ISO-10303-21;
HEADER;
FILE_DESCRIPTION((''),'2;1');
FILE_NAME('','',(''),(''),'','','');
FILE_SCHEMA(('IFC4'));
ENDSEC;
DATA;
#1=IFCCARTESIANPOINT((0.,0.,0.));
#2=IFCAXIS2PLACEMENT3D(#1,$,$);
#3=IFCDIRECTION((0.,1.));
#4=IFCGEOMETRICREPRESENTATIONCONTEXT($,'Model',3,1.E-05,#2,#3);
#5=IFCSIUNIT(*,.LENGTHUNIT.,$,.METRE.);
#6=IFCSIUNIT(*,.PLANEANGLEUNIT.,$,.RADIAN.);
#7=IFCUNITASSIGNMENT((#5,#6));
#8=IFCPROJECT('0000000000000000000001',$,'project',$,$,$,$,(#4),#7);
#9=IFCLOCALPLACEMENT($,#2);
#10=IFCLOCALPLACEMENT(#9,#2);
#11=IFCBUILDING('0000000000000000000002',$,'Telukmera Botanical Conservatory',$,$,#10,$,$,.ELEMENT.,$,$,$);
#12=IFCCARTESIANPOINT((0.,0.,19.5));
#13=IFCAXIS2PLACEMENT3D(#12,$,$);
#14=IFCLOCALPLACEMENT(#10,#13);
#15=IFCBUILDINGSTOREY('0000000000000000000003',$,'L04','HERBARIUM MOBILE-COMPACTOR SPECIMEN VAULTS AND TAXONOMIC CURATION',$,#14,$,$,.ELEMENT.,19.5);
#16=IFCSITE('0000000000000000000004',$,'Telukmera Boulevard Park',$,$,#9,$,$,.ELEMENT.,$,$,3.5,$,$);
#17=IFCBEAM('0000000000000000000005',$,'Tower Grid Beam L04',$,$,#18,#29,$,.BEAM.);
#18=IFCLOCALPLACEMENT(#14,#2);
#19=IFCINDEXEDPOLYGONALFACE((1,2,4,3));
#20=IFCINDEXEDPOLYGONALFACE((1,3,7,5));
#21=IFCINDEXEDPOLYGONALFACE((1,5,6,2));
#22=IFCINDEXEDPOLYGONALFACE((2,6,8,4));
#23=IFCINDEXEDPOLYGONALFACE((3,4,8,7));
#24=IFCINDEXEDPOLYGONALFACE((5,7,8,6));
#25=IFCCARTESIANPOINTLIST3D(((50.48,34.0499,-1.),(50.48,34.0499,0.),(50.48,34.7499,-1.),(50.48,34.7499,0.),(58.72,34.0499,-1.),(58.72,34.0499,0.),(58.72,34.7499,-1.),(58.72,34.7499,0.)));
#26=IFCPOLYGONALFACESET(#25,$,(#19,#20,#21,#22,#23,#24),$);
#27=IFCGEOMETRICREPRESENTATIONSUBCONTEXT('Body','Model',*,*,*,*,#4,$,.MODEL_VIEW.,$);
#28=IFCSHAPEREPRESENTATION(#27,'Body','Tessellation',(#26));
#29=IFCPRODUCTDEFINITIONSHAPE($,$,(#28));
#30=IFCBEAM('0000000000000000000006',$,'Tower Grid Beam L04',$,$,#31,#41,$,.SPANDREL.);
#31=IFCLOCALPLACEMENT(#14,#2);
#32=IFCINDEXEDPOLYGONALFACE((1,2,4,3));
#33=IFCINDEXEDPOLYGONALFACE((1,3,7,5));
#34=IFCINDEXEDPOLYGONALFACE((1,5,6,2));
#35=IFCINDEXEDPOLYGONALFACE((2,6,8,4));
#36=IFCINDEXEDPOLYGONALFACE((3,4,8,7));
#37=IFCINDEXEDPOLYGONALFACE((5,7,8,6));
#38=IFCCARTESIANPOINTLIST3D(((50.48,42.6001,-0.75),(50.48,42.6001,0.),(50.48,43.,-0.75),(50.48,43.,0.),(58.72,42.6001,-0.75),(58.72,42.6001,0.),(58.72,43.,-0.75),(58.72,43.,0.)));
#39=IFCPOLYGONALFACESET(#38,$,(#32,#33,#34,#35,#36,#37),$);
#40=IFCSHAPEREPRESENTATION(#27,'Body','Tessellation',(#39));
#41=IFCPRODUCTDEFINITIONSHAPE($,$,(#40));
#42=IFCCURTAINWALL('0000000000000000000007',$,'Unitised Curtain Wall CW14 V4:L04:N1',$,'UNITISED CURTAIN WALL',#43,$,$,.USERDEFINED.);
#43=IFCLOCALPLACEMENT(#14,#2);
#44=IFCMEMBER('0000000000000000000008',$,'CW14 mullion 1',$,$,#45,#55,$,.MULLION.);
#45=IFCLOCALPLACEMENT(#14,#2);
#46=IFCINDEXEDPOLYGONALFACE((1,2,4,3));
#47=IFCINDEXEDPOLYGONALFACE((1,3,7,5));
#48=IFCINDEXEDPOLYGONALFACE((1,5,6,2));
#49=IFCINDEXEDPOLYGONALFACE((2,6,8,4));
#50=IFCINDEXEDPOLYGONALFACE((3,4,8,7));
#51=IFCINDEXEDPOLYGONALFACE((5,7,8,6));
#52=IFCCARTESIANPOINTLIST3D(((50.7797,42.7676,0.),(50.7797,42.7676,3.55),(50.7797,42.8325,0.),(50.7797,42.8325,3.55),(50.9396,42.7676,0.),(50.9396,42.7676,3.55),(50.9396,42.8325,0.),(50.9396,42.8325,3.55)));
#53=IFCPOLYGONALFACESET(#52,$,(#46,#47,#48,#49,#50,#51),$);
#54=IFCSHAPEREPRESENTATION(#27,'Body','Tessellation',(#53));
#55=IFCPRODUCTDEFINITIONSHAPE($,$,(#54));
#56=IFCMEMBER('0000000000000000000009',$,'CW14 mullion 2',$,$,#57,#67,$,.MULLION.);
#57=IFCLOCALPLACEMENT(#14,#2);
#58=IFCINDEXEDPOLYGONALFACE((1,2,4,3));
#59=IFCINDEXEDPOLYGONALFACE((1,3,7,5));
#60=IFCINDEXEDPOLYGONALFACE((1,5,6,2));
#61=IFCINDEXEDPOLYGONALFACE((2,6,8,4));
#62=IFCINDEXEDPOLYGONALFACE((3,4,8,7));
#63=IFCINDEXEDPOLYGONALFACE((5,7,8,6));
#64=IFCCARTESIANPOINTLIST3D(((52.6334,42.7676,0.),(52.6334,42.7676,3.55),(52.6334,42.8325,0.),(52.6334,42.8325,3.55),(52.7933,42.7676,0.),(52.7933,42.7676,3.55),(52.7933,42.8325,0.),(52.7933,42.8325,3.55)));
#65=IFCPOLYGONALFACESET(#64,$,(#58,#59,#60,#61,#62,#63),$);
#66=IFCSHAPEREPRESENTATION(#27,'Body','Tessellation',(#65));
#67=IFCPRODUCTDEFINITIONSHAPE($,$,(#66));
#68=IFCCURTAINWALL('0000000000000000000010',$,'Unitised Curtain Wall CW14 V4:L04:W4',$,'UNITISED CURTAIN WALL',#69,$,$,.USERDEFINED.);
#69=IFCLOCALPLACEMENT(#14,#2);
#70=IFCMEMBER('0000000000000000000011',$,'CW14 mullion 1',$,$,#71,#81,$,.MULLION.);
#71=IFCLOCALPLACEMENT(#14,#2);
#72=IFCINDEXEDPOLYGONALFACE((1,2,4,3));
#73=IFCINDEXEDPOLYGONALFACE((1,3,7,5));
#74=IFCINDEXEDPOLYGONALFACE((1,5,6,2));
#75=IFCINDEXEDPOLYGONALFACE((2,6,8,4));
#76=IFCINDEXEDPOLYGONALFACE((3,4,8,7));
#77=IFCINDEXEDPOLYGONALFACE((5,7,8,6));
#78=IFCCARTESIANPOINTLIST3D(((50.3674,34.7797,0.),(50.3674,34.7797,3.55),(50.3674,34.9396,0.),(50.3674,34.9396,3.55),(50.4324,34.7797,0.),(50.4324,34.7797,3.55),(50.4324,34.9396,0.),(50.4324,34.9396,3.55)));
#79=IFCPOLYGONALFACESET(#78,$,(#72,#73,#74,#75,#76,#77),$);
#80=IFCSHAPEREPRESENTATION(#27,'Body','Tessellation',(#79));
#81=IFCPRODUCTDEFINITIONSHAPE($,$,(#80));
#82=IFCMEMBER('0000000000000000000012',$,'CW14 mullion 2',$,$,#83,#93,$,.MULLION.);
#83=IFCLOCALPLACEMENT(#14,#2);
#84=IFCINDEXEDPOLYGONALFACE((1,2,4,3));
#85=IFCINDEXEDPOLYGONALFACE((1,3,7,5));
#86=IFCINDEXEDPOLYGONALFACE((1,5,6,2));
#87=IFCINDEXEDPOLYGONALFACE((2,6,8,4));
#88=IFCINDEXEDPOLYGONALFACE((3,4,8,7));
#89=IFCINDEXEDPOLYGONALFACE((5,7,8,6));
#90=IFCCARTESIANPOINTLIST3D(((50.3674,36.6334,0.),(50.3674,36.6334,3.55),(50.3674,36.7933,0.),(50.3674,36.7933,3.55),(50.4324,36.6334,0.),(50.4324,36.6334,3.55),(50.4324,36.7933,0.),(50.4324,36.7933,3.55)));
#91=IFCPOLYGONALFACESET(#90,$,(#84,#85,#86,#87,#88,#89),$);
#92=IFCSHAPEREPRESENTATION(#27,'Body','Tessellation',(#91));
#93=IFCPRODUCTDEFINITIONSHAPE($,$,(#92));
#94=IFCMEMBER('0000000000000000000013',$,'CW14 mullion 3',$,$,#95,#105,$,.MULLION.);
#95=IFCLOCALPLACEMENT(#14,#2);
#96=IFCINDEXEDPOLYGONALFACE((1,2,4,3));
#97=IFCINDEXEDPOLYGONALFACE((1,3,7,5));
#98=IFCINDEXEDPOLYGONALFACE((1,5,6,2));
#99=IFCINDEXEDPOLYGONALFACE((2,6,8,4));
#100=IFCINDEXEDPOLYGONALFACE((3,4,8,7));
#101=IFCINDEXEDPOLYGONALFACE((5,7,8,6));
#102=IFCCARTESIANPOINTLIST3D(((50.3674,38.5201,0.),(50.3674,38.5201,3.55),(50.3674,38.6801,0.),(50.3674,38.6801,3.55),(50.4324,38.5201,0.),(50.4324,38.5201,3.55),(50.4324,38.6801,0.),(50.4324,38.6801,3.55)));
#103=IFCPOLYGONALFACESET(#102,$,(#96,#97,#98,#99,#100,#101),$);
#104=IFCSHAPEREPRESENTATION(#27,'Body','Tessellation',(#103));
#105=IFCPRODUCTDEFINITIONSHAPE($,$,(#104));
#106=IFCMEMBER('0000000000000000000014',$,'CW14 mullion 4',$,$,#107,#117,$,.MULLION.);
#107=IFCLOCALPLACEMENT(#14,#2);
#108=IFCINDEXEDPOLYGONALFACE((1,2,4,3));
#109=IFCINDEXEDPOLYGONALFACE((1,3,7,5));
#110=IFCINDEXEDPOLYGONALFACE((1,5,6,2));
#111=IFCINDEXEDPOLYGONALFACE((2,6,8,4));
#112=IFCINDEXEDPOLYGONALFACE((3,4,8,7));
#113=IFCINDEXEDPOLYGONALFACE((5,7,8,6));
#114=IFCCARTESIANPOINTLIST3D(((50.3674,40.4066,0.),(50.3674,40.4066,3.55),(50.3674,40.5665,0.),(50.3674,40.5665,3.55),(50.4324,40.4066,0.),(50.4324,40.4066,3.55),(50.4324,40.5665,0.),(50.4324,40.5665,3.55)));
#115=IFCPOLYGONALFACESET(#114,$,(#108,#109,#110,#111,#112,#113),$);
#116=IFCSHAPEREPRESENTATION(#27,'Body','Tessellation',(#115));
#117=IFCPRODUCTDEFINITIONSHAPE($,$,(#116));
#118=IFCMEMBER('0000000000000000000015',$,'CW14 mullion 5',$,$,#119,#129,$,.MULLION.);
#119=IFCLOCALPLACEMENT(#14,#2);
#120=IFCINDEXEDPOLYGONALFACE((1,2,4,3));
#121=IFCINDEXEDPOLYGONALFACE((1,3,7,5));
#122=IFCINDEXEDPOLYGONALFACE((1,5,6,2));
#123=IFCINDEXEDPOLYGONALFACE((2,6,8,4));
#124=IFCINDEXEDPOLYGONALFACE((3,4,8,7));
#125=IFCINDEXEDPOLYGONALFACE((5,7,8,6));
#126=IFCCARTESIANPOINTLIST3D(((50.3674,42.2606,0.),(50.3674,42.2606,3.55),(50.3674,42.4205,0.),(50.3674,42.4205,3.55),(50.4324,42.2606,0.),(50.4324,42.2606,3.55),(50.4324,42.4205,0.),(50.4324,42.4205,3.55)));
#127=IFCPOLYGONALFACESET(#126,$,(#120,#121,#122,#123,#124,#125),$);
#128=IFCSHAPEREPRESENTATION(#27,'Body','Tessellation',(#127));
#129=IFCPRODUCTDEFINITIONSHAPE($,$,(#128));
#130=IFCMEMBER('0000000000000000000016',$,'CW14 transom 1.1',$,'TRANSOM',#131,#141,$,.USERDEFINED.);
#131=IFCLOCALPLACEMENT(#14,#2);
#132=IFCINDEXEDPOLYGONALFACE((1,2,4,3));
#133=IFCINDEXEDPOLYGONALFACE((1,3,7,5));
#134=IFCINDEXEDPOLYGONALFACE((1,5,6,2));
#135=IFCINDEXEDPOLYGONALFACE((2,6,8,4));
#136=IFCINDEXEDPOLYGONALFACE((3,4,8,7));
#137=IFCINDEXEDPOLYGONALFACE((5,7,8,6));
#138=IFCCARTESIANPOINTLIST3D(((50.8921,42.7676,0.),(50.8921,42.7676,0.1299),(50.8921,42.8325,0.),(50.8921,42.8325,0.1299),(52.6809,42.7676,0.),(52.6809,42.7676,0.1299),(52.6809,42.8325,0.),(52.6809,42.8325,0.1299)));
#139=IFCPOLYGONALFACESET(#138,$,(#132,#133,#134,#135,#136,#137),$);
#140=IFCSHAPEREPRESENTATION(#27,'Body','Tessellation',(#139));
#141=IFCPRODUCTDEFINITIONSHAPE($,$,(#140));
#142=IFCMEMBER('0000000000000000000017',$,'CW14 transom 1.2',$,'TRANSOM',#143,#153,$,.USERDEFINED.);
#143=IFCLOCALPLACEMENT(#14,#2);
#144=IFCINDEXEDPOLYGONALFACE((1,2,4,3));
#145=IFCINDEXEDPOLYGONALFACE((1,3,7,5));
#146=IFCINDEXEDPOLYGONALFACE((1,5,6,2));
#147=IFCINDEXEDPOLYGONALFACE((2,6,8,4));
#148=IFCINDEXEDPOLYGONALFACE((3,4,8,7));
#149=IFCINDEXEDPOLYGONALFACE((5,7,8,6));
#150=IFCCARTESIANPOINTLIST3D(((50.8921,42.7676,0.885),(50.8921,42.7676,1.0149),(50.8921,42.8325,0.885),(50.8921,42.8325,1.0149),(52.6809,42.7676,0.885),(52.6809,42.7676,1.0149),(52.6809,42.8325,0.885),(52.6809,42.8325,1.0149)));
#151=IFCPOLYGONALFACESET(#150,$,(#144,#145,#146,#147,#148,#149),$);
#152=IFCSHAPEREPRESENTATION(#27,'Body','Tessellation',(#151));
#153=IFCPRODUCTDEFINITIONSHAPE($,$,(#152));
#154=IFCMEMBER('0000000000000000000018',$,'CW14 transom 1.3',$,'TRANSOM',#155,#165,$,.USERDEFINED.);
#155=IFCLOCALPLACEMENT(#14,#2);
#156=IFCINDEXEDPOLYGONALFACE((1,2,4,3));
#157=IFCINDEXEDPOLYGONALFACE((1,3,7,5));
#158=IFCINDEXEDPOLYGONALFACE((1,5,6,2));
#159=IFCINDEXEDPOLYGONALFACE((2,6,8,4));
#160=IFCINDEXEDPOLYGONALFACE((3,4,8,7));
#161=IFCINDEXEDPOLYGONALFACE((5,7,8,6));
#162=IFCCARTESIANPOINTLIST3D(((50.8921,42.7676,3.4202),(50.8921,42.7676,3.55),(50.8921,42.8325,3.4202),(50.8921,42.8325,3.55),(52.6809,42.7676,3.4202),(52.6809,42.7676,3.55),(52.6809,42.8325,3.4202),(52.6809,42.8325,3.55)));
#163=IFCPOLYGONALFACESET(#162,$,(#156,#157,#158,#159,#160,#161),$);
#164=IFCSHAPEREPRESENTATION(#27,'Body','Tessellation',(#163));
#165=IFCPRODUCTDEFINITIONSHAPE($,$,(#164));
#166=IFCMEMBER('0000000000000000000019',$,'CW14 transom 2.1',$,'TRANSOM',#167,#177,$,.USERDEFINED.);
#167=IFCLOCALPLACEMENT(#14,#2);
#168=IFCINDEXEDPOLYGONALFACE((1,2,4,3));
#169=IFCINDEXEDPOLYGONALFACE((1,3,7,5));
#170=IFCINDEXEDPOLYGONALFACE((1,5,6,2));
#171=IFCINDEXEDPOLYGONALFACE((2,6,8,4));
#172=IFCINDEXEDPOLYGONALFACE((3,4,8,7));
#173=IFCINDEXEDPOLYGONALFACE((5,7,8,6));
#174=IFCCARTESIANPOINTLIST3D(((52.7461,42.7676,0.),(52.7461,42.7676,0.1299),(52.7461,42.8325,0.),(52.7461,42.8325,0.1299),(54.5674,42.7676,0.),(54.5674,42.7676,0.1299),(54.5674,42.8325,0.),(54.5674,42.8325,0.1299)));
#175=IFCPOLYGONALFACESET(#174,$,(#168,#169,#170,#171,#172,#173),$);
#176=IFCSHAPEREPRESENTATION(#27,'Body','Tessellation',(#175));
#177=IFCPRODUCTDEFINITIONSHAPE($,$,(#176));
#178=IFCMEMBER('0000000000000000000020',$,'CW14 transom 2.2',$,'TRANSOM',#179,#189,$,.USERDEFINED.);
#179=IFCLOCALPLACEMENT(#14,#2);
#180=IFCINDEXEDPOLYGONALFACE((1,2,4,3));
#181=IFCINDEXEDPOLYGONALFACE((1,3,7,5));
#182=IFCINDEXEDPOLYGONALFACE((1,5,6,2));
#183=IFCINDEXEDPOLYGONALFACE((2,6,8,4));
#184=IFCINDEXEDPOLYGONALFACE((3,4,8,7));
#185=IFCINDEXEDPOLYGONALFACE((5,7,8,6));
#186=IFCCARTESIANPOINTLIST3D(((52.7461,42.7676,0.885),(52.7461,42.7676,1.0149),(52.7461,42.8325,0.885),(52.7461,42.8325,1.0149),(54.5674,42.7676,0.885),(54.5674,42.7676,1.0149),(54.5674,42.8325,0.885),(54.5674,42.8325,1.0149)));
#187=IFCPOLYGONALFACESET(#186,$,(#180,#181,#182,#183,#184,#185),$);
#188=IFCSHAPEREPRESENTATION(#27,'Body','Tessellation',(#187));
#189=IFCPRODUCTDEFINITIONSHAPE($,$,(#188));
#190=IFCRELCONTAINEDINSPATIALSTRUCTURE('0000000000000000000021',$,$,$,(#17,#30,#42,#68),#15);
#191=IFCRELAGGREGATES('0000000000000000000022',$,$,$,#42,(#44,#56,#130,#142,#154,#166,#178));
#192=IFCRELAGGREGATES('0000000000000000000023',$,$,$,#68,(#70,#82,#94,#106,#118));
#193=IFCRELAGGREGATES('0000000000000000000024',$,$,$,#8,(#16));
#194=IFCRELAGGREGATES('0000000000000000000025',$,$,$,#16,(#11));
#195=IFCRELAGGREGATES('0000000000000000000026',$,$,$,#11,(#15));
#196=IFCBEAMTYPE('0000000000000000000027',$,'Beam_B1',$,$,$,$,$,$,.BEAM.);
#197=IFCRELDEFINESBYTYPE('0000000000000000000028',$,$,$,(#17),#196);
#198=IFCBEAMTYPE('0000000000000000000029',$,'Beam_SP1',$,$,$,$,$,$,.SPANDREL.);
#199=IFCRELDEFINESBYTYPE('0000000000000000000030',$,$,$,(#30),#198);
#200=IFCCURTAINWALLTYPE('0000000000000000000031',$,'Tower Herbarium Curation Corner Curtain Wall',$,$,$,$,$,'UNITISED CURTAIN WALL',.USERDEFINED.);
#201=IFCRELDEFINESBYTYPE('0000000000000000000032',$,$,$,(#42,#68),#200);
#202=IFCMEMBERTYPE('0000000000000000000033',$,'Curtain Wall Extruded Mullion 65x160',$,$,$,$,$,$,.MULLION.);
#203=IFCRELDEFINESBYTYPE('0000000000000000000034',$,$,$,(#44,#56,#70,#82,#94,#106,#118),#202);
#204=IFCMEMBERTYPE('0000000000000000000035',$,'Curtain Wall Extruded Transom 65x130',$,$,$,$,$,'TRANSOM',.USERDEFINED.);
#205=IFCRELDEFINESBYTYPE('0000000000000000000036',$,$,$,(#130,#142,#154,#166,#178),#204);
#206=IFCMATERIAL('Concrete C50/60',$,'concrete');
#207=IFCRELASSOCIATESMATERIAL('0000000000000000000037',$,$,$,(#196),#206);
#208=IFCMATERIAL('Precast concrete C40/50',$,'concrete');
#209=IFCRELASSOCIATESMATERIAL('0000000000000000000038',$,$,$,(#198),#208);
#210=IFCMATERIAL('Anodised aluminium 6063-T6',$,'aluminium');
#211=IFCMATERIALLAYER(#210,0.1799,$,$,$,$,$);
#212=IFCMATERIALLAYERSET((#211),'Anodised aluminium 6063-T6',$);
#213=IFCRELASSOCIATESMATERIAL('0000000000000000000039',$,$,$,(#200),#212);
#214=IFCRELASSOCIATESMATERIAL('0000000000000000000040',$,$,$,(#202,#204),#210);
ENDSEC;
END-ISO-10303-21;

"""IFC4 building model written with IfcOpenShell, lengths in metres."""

from ifc_helpers import new_model, si_unit, direction, frame, origin, origin_2d, place, context, subcontext, project, spatial, rectangle, extrude, material, layer, layer_set, material_profile, profile_set, type_object, element, aggregate, save


model = new_model("IFC4")

# Units and contexts
model_context = context("Model", 3, precision=1e-05, world=origin(), true_north=direction((0.0, 1.0)))
body_context = subcontext(model_context, "Body", "Model", "MODEL_VIEW")
ifc_project = project(units=[si_unit("LENGTHUNIT", "METRE"), si_unit("PLANEANGLEUNIT", "RADIAN")], contexts=[model_context])

# Site, building, storey
site_placement = place(None, origin())
site = spatial("IfcSite", under=ifc_project, at=site_placement, Name="Telukmera Boulevard Park", CompositionType="ELEMENT", RefElevation=3.5)
building_placement = place(site_placement, origin())
building = spatial("IfcBuilding", under=site, at=building_placement, Name="Telukmera Botanical Conservatory", CompositionType="ELEMENT")
storey_placement = place(building_placement, frame((0.0, 0.0, 19.5)))
storey = spatial("IfcBuildingStorey", under=building, at=storey_placement, Name="L04", Description="HERBARIUM MOBILE-COMPACTOR SPECIMEN VAULTS AND TAXONOMIC CURATION", CompositionType="ELEMENT", Elevation=19.5)

# Beams
ifc_material_1 = material(Name="Concrete C50/60", Category="concrete")
ifc_material_profile_1 = material_profile(ifc_material_1, rectangle(XDim=0.7, YDim=1.0, at=origin_2d()), Name="RC 700x1000")
ifc_profile_set_1 = profile_set([ifc_material_profile_1], Name="Concrete C50/60")
beam_type_1 = type_object("IfcBeamType", Name="Beam_B1", PredefinedType="BEAM", material=ifc_profile_set_1)
beam_1_placement = place(storey_placement, frame((50.48, 34.3999, -0.5), z_axis=(1.0, 0.0, 0.0), x_axis=(0.0, 1.0, 0.0)))
element("IfcBeam", 1, at=beam_1_placement, inside=storey, type_object=beam_type_1, Name="Tower Grid Beam L04", PredefinedType="BEAM", context=body_context, shape_type="SweptSolid", body=[
    extrude(rectangle(XDim=0.7, YDim=1.0, at=origin_2d()), origin(), (0.0, 0.0, 1.0), 8.24),
])
ifc_material_2 = material(Name="Precast concrete C40/50", Category="concrete")
ifc_material_profile_2 = material_profile(ifc_material_2, rectangle(XDim=0.3999, YDim=0.75, at=origin_2d()), Name="PC 400x750")
ifc_profile_set_2 = profile_set([ifc_material_profile_2], Name="Precast concrete C40/50")
beam_type_2 = type_object("IfcBeamType", Name="Beam_SP1", PredefinedType="SPANDREL", material=ifc_profile_set_2)
beam_2_placement = place(storey_placement, frame((50.48, 42.8, -0.375), z_axis=(1.0, 0.0, 0.0), x_axis=(0.0, 1.0, 0.0)))
element("IfcBeam", 2, at=beam_2_placement, inside=storey, type_object=beam_type_2, Name="Tower Grid Beam L04", PredefinedType="SPANDREL", context=body_context, shape_type="SweptSolid", body=[
    extrude(rectangle(XDim=0.3999, YDim=0.75, at=origin_2d()), origin(), (0.0, 0.0, 1.0), 8.24),
])

# Curtain walls, members
ifc_material_3 = material(Name="Anodised aluminium 6063-T6", Category="aluminium")
ifc_layer_1 = layer(ifc_material_3, 0.1799)
ifc_layer_set_1 = layer_set([ifc_layer_1], Name="Anodised aluminium 6063-T6")
curtain_wall_type = type_object("IfcCurtainWallType", Name="Tower Herbarium Curation Corner Curtain Wall", ElementType="UNITISED CURTAIN WALL", PredefinedType="USERDEFINED", material=ifc_layer_set_1)
curtain_wall_1_placement = place(storey_placement, origin())
curtain_wall_1 = element("IfcCurtainWall", 3, at=curtain_wall_1_placement, inside=storey, type_object=curtain_wall_type, Name="Unitised Curtain Wall CW14 V4:L04:N1", ObjectType="UNITISED CURTAIN WALL", PredefinedType="USERDEFINED")
ifc_material_profile_3 = material_profile(ifc_material_3, rectangle(XDim=0.0649, YDim=0.1599, at=origin_2d()), Name="ALU MULL 65x160")
ifc_profile_set_3 = profile_set([ifc_material_profile_3], Name="Anodised aluminium 6063-T6")
member_type_1 = type_object("IfcMemberType", Name="Curtain Wall Extruded Mullion 65x160", PredefinedType="MULLION", material=ifc_profile_set_3)
member_1_placement = place(storey_placement, frame((50.8596, 42.8, 0.0), z_axis=(0.0, 0.0, 1.0), x_axis=(0.0, 1.0, 0.0)))
member_1 = element("IfcMember", 4, at=member_1_placement, type_object=member_type_1, Name="CW14 mullion 1", PredefinedType="MULLION", context=body_context, shape_type="SweptSolid", body=[
    extrude(rectangle(XDim=0.0649, YDim=0.1599, at=origin_2d()), origin(), (0.0, 0.0, 1.0), 3.55),
])
member_2_placement = place(storey_placement, frame((52.7134, 42.8, 0.0), z_axis=(0.0, 0.0, 1.0), x_axis=(0.0, 1.0, 0.0)))
member_2 = element("IfcMember", 5, at=member_2_placement, type_object=member_type_1, Name="CW14 mullion 2", PredefinedType="MULLION", context=body_context, shape_type="SweptSolid", body=[
    extrude(rectangle(XDim=0.0649, YDim=0.1599, at=origin_2d()), origin(), (0.0, 0.0, 1.0), 3.55),
])
curtain_wall_2_placement = place(storey_placement, origin())
curtain_wall_2 = element("IfcCurtainWall", 6, at=curtain_wall_2_placement, inside=storey, type_object=curtain_wall_type, Name="Unitised Curtain Wall CW14 V4:L04:W4", ObjectType="UNITISED CURTAIN WALL", PredefinedType="USERDEFINED")
member_3_placement = place(storey_placement, frame((50.3999, 34.8596, 0.0), z_axis=(0.0, 0.0, 1.0), x_axis=(-1.0, 0.0, 0.0)))
member_3 = element("IfcMember", 7, at=member_3_placement, type_object=member_type_1, Name="CW14 mullion 1", PredefinedType="MULLION", context=body_context, shape_type="SweptSolid", body=[
    extrude(rectangle(XDim=0.0649, YDim=0.1599, at=origin_2d()), origin(), (0.0, 0.0, 1.0), 3.55),
])
member_4_placement = place(storey_placement, frame((50.3999, 36.7134, 0.0), z_axis=(0.0, 0.0, 1.0), x_axis=(-1.0, 0.0, 0.0)))
member_4 = element("IfcMember", 8, at=member_4_placement, type_object=member_type_1, Name="CW14 mullion 2", PredefinedType="MULLION", context=body_context, shape_type="SweptSolid", body=[
    extrude(rectangle(XDim=0.0649, YDim=0.1599, at=origin_2d()), origin(), (0.0, 0.0, 1.0), 3.55),
])
member_5_placement = place(storey_placement, frame((50.3999, 38.6001, 0.0), z_axis=(0.0, 0.0, 1.0), x_axis=(-1.0, 0.0, 0.0)))
member_5 = element("IfcMember", 9, at=member_5_placement, type_object=member_type_1, Name="CW14 mullion 3", PredefinedType="MULLION", context=body_context, shape_type="SweptSolid", body=[
    extrude(rectangle(XDim=0.0649, YDim=0.1599, at=origin_2d()), origin(), (0.0, 0.0, 1.0), 3.55),
])
member_6_placement = place(storey_placement, frame((50.3999, 40.4866, 0.0), z_axis=(0.0, 0.0, 1.0), x_axis=(-1.0, 0.0, 0.0)))
member_6 = element("IfcMember", 10, at=member_6_placement, type_object=member_type_1, Name="CW14 mullion 4", PredefinedType="MULLION", context=body_context, shape_type="SweptSolid", body=[
    extrude(rectangle(XDim=0.0649, YDim=0.1599, at=origin_2d()), origin(), (0.0, 0.0, 1.0), 3.55),
])
member_7_placement = place(storey_placement, frame((50.3999, 42.3406, 0.0), z_axis=(0.0, 0.0, 1.0), x_axis=(-1.0, 0.0, 0.0)))
member_7 = element("IfcMember", 11, at=member_7_placement, type_object=member_type_1, Name="CW14 mullion 5", PredefinedType="MULLION", context=body_context, shape_type="SweptSolid", body=[
    extrude(rectangle(XDim=0.0649, YDim=0.1599, at=origin_2d()), origin(), (0.0, 0.0, 1.0), 3.55),
])

# Members
ifc_material_profile_4 = material_profile(ifc_material_3, rectangle(XDim=0.0649, YDim=0.1299, at=origin_2d()), Name="ALU TRAN 65x130")
ifc_profile_set_4 = profile_set([ifc_material_profile_4], Name="Anodised aluminium 6063-T6")
member_type_2 = type_object("IfcMemberType", Name="Curtain Wall Extruded Transom 65x130", ElementType="TRANSOM", PredefinedType="USERDEFINED", material=ifc_profile_set_4)
member_8_placement = place(storey_placement, frame((50.8921, 42.8, 0.0649), z_axis=(1.0, 0.0, 0.0), x_axis=(0.0, 1.0, 0.0)))
member_8 = element("IfcMember", 12, at=member_8_placement, type_object=member_type_2, Name="CW14 transom 1.1", ObjectType="TRANSOM", PredefinedType="USERDEFINED", context=body_context, shape_type="SweptSolid", body=[
    extrude(rectangle(XDim=0.0649, YDim=0.1299, at=origin_2d()), origin(), (0.0, 0.0, 1.0), 1.7888),
])
member_9_placement = place(storey_placement, frame((50.8921, 42.8, 0.95), z_axis=(1.0, 0.0, 0.0), x_axis=(0.0, 1.0, 0.0)))
member_9 = element("IfcMember", 13, at=member_9_placement, type_object=member_type_2, Name="CW14 transom 1.2", ObjectType="TRANSOM", PredefinedType="USERDEFINED", context=body_context, shape_type="SweptSolid", body=[
    extrude(rectangle(XDim=0.0649, YDim=0.1299, at=origin_2d()), origin(), (0.0, 0.0, 1.0), 1.7888),
])
member_10_placement = place(storey_placement, frame((50.8921, 42.8, 3.4851), z_axis=(1.0, 0.0, 0.0), x_axis=(0.0, 1.0, 0.0)))
member_10 = element("IfcMember", 14, at=member_10_placement, type_object=member_type_2, Name="CW14 transom 1.3", ObjectType="TRANSOM", PredefinedType="USERDEFINED", context=body_context, shape_type="SweptSolid", body=[
    extrude(rectangle(XDim=0.0649, YDim=0.1299, at=origin_2d()), origin(), (0.0, 0.0, 1.0), 1.7888),
])
member_11_placement = place(storey_placement, frame((52.7461, 42.8, 0.0649), z_axis=(1.0, 0.0, 0.0), x_axis=(0.0, 1.0, 0.0)))
member_11 = element("IfcMember", 15, at=member_11_placement, type_object=member_type_2, Name="CW14 transom 2.1", ObjectType="TRANSOM", PredefinedType="USERDEFINED", context=body_context, shape_type="SweptSolid", body=[
    extrude(rectangle(XDim=0.0649, YDim=0.1299, at=origin_2d()), origin(), (0.0, 0.0, 1.0), 1.8213),
])
member_12_placement = place(storey_placement, frame((52.7461, 42.8, 0.95), z_axis=(1.0, 0.0, 0.0), x_axis=(0.0, 1.0, 0.0)))
member_12 = element("IfcMember", 16, at=member_12_placement, type_object=member_type_2, Name="CW14 transom 2.2", ObjectType="TRANSOM", PredefinedType="USERDEFINED", context=body_context, shape_type="SweptSolid", body=[
    extrude(rectangle(XDim=0.0649, YDim=0.1299, at=origin_2d()), origin(), (0.0, 0.0, 1.0), 1.8213),
])

aggregate(curtain_wall_1, [member_1, member_2, member_8, member_9, member_10, member_11, member_12])
aggregate(curtain_wall_2, [member_3, member_4, member_5, member_6, member_7])

save(model, "model.ifc")
